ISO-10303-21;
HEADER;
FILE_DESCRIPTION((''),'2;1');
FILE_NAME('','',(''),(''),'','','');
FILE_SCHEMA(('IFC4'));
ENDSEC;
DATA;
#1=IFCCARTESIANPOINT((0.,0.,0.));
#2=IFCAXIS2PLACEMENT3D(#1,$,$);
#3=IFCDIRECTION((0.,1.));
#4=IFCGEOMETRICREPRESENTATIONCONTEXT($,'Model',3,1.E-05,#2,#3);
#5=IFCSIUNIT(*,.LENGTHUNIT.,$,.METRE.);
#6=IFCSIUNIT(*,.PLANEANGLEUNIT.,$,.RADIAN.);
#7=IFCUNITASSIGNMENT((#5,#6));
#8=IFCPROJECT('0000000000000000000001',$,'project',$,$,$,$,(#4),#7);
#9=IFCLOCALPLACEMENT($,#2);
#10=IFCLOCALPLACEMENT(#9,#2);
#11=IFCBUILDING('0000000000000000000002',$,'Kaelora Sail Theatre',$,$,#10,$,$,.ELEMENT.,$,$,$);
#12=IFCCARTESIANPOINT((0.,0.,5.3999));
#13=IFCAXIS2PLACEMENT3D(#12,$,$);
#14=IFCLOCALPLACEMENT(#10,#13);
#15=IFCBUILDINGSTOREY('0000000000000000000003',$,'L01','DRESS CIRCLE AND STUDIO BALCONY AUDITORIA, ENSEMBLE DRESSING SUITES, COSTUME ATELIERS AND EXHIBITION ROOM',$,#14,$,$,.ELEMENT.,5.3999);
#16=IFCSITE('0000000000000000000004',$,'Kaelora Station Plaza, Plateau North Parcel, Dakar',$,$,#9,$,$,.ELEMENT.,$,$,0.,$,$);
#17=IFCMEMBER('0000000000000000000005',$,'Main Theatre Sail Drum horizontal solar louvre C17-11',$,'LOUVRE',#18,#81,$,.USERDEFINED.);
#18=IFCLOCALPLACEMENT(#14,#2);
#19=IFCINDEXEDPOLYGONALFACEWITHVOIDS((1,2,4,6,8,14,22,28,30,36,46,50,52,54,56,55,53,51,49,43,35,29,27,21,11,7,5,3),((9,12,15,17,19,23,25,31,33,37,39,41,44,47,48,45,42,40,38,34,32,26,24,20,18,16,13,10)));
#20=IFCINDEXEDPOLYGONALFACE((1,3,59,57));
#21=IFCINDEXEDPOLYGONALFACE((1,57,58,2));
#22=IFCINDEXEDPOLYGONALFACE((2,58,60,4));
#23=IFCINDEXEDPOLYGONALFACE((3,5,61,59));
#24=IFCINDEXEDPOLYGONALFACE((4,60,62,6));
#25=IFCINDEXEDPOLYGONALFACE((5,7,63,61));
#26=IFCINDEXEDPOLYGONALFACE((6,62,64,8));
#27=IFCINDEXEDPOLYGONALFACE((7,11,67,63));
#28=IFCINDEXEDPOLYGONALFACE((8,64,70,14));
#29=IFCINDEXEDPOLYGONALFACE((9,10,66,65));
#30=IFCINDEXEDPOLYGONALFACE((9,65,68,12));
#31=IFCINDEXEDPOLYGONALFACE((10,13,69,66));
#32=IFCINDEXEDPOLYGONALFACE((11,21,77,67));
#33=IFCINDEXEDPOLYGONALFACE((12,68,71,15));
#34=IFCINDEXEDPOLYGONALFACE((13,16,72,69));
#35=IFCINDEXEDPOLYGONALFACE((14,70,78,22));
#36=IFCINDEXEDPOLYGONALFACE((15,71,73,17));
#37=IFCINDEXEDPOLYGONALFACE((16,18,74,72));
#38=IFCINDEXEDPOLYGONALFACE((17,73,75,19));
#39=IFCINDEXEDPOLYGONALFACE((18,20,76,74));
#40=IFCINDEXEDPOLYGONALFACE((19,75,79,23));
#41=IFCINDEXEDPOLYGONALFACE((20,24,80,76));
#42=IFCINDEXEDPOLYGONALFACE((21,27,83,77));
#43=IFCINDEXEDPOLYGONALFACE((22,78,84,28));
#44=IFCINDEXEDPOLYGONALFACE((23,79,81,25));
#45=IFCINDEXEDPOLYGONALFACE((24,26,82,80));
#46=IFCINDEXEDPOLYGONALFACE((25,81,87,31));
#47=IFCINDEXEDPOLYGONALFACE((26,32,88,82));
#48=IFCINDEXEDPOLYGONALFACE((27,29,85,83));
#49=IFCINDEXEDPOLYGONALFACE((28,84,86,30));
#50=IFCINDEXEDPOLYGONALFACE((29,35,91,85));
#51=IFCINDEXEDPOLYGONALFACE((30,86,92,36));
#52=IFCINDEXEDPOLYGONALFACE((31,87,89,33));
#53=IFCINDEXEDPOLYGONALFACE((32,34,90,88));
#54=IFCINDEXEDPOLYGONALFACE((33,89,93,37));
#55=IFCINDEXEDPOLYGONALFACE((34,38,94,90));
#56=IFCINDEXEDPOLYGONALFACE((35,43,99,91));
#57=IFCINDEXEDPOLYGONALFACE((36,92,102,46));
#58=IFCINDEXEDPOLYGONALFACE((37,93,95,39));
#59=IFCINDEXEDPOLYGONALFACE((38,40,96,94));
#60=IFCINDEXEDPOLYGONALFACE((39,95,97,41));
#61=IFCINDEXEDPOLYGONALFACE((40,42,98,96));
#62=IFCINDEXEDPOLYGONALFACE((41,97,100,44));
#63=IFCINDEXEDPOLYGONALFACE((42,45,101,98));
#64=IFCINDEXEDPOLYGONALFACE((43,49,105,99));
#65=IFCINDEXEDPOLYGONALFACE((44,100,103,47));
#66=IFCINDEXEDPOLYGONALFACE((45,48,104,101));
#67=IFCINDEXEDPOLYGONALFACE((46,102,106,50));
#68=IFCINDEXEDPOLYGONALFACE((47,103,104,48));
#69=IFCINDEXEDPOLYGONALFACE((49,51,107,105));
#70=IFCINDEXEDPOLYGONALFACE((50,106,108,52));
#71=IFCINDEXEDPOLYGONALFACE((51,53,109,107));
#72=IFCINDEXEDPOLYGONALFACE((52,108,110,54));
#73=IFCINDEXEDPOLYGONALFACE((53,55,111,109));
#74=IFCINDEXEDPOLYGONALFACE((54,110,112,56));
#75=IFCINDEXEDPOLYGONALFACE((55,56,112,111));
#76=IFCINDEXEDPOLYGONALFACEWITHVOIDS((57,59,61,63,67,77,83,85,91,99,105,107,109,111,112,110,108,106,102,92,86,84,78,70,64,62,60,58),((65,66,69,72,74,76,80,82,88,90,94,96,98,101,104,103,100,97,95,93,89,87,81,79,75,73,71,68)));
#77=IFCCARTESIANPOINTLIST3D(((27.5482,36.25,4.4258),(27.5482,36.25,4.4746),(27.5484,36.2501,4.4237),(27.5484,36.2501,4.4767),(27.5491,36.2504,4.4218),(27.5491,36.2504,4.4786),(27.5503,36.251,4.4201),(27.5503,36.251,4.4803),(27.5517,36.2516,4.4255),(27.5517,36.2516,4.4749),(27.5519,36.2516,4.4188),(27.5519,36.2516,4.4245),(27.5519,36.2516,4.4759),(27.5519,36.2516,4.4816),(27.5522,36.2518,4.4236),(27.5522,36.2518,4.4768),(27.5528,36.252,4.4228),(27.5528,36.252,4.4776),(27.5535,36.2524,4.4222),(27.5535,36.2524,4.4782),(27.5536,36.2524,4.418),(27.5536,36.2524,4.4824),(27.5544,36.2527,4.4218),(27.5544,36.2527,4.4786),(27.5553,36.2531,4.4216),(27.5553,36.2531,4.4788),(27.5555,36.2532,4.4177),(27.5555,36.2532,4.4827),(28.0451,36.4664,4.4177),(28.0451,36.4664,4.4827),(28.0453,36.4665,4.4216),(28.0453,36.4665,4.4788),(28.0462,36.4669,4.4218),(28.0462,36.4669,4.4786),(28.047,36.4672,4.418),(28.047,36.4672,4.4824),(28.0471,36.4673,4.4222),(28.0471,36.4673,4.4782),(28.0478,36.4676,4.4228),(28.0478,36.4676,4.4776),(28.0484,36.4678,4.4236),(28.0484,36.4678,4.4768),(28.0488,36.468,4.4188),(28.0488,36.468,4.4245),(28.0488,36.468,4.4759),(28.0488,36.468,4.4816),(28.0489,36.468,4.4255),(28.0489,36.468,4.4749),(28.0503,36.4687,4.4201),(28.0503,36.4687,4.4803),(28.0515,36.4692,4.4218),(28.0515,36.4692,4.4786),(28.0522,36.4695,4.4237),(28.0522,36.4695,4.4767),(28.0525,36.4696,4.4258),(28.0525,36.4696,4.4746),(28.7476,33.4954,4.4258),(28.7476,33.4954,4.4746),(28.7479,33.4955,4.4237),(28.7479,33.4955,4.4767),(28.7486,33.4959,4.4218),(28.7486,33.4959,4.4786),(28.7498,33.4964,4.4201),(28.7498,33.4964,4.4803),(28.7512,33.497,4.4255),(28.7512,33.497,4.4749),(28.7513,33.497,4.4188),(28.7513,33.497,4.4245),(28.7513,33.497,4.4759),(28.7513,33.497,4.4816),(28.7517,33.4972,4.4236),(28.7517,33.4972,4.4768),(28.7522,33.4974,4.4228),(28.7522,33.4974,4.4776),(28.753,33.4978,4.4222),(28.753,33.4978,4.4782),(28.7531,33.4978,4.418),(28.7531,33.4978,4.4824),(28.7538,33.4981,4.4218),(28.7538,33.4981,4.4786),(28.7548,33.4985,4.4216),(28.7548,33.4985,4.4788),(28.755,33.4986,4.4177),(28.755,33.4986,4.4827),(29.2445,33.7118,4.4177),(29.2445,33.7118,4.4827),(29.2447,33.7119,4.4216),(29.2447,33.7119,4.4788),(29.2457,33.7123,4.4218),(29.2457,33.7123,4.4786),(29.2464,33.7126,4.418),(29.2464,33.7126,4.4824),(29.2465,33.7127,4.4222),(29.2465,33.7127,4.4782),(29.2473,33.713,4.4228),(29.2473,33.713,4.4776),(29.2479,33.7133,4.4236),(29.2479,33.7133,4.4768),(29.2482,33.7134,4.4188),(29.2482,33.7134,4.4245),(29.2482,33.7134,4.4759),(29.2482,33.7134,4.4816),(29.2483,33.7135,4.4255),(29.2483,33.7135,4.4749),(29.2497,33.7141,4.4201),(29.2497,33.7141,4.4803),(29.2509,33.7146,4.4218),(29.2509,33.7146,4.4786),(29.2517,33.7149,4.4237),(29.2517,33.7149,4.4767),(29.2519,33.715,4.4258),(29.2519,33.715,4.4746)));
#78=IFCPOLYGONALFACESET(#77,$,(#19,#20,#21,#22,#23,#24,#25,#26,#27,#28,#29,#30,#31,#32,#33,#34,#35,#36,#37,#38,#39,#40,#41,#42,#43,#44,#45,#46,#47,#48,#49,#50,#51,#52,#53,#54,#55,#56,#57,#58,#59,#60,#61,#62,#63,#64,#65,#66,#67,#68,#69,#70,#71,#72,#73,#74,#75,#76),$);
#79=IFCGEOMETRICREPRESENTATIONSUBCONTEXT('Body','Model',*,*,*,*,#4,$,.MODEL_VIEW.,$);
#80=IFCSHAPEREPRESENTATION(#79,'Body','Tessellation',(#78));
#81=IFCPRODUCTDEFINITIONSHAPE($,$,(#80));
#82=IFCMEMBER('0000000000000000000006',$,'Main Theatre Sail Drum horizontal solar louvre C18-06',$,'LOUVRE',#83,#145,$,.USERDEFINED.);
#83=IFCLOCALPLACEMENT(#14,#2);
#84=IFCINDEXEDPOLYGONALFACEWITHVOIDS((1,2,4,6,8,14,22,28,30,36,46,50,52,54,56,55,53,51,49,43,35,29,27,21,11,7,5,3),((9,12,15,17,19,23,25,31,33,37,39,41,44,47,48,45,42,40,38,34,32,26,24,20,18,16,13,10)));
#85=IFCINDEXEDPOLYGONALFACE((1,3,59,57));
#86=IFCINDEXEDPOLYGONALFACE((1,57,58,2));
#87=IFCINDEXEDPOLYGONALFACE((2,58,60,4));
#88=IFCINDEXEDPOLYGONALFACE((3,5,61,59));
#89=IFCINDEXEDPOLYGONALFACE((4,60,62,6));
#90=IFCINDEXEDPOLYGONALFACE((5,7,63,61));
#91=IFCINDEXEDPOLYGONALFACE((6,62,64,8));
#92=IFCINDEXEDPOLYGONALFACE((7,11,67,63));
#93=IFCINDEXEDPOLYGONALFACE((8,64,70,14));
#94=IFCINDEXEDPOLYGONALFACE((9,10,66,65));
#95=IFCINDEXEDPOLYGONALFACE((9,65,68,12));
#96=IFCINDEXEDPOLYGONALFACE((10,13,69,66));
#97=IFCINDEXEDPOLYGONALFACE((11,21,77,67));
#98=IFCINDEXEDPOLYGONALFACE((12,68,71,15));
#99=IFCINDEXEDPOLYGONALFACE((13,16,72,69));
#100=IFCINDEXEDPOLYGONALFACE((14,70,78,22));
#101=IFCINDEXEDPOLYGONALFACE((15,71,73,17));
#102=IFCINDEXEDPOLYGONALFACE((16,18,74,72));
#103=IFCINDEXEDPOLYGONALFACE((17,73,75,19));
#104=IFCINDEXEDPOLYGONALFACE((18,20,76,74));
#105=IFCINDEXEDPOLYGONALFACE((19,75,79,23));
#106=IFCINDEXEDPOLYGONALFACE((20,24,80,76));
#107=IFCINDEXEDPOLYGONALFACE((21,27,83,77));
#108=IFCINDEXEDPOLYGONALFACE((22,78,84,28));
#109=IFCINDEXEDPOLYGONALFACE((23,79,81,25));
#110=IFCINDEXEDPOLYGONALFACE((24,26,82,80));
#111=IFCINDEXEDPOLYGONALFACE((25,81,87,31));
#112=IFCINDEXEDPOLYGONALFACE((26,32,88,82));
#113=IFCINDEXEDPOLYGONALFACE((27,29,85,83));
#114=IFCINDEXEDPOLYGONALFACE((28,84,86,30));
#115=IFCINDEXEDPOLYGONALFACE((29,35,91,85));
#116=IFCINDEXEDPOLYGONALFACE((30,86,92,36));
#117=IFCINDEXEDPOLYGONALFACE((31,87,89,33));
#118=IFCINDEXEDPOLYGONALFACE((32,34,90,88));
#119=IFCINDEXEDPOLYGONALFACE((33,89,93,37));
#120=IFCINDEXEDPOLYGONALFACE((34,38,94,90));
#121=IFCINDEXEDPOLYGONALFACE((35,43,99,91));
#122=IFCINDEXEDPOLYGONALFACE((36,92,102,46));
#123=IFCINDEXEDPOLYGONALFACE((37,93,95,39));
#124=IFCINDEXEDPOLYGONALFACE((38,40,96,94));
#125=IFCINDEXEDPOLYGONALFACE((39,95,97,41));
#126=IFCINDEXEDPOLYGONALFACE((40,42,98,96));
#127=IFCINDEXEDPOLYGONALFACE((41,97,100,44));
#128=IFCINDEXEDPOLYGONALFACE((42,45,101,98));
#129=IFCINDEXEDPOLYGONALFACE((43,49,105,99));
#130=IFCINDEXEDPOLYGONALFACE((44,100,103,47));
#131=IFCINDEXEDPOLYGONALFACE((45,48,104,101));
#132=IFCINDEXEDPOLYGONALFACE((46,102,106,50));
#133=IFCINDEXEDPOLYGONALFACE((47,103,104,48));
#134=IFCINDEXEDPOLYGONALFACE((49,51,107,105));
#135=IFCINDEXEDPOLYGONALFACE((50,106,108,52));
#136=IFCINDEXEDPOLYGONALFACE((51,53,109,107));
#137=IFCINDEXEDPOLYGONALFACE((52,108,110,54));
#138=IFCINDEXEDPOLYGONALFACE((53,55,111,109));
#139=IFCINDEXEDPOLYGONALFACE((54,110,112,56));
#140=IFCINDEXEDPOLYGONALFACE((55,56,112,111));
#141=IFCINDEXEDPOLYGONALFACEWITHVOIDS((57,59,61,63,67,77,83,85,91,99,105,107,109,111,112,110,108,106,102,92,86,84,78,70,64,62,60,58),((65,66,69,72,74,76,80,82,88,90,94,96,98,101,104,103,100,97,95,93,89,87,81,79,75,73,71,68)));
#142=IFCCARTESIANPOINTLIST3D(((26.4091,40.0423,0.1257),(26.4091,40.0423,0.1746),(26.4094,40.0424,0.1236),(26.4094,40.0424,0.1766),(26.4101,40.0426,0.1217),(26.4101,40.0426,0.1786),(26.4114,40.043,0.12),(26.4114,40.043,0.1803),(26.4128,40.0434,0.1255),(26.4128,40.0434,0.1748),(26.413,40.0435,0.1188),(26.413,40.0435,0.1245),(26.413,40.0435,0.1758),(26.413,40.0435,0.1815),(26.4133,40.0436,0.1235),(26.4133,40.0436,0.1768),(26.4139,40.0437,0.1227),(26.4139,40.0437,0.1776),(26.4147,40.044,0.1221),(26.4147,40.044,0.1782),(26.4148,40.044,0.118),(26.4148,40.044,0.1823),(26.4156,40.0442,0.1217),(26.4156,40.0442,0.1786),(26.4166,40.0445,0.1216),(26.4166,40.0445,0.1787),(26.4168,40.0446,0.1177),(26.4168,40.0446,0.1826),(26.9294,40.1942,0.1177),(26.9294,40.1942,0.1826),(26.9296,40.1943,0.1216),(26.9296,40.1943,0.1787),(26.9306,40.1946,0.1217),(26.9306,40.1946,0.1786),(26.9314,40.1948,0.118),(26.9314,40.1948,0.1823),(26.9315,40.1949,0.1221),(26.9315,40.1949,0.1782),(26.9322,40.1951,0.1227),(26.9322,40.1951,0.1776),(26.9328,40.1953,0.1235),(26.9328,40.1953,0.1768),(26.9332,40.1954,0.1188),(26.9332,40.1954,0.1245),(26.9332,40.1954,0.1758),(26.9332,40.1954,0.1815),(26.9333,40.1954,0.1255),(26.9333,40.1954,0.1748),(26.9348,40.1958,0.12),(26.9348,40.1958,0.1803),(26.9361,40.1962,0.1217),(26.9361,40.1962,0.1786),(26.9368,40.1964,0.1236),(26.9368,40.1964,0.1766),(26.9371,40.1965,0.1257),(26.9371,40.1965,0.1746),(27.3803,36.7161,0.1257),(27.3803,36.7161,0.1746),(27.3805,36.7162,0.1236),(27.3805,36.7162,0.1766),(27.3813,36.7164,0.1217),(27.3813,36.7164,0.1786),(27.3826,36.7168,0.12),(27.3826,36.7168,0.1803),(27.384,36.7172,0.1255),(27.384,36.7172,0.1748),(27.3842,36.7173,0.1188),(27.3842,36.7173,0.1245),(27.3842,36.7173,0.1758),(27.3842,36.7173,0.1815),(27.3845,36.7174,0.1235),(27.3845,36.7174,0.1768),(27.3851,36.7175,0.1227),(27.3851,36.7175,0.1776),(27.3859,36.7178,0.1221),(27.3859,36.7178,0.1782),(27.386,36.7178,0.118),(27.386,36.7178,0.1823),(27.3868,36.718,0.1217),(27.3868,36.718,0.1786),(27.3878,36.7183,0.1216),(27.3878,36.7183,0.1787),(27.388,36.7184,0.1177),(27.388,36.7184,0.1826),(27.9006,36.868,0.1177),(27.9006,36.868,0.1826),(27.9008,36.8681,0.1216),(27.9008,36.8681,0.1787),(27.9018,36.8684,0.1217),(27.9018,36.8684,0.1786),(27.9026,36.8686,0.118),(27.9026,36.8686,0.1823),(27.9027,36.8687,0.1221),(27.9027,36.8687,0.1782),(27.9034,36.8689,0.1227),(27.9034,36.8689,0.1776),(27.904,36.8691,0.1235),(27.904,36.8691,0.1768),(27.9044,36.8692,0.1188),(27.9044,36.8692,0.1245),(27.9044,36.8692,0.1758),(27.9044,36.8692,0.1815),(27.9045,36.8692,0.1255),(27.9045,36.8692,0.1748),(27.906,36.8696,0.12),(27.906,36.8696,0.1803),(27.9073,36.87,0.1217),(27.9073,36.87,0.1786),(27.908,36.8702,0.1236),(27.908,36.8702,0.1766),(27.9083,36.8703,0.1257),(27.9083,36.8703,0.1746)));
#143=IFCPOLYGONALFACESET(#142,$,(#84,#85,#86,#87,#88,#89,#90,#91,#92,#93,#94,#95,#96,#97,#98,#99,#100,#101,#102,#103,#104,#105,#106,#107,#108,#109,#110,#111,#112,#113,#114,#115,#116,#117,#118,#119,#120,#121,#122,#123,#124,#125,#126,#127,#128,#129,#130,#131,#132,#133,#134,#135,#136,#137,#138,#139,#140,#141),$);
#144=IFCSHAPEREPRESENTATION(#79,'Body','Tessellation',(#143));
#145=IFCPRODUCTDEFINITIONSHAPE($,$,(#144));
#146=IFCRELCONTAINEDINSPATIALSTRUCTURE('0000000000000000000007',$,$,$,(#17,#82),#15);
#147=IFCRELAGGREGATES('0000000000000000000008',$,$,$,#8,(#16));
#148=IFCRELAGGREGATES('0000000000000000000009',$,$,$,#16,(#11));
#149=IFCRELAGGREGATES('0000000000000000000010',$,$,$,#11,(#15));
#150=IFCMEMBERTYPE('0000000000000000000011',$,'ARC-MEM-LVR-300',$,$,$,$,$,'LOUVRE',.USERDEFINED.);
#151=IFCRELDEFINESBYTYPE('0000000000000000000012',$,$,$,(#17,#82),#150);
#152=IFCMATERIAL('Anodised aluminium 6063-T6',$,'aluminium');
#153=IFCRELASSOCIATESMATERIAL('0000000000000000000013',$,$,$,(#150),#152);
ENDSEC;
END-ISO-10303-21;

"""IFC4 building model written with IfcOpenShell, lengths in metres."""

from ifc_helpers import new_model, si_unit, direction, frame, origin, origin_2d, place, context, subcontext, project, spatial, hollow_rectangle, extrude, material, material_profile, profile_set, type_object, element, save


model = new_model("IFC4")

# Units and contexts
model_context = context("Model", 3, precision=1e-05, world=origin(), true_north=direction((0.0, 1.0)))
body_context = subcontext(model_context, "Body", "Model", "MODEL_VIEW")
ifc_project = project(units=[si_unit("LENGTHUNIT", "METRE"), si_unit("PLANEANGLEUNIT", "RADIAN")], contexts=[model_context])

# Site, building, storey
site_placement = place(None, origin())
site = spatial("IfcSite", under=ifc_project, at=site_placement, Name="Kaelora Station Plaza, Plateau North Parcel, Dakar", CompositionType="ELEMENT", RefElevation=0.0)
building_placement = place(site_placement, origin())
building = spatial("IfcBuilding", under=site, at=building_placement, Name="Kaelora Sail Theatre", CompositionType="ELEMENT")
storey_placement = place(building_placement, frame((0.0, 0.0, 5.3999)))
storey = spatial("IfcBuildingStorey", under=building, at=storey_placement, Name="L01", Description="DRESS CIRCLE AND STUDIO BALCONY AUDITORIA, ENSEMBLE DRESSING SUITES, COSTUME ATELIERS AND EXHIBITION ROOM", CompositionType="ELEMENT", Elevation=5.3999)

# Members
ifc_material_1 = material(Name="Anodised aluminium 6063-T6", Category="aluminium")
ifc_material_profile_1 = material_profile(ifc_material_1, hollow_rectangle(XDim=0.55, YDim=0.0649, WallThickness=0.0039, InnerFilletRadius=0.0039, OuterFilletRadius=0.0081, at=origin_2d()), Name="LOUVRE 550x65x4")
ifc_profile_set_1 = profile_set([ifc_material_profile_1], Name="Anodised aluminium 6063-T6")
member_type = type_object("IfcMemberType", Name="ARC-MEM-LVR-300", ElementType="LOUVRE", PredefinedType="USERDEFINED", material=ifc_profile_set_1)
for number, where, z_axis, x_axis, name in (
    (1, (28.9998, 33.6052, 4.4502), (-0.399228, 0.916852, 0.0), (-0.916852, -0.399228, 0.0), "Main Theatre Sail Drum horizontal solar louvre C17-11"),
):
    element("IfcMember", number, at=place(storey_placement, frame(where, z_axis=z_axis, x_axis=x_axis)), inside=storey, type_object=member_type, Name=name, ObjectType="LOUVRE", PredefinedType="USERDEFINED", context=body_context, shape_type="SweptSolid", body=[
        extrude(hollow_rectangle(XDim=0.55, YDim=0.0649, WallThickness=0.0039, InnerFilletRadius=0.0039, OuterFilletRadius=0.0081, at=origin_2d()), origin(), (0.0, 0.0, 1.0), 3.0044),
    ])
for number, where, z_axis, x_axis, name in (
    (2, (27.6443, 36.7932, 0.1501), (-0.280281, 0.959918, 0.0), (-0.959918, -0.280281, 0.0), "Main Theatre Sail Drum horizontal solar louvre C18-06"),
):
    element("IfcMember", number, at=place(storey_placement, frame(where, z_axis=z_axis, x_axis=x_axis)), inside=storey, type_object=member_type, Name=name, ObjectType="LOUVRE", PredefinedType="USERDEFINED", context=body_context, shape_type="SweptSolid", body=[
        extrude(hollow_rectangle(XDim=0.55, YDim=0.0649, WallThickness=0.0039, InnerFilletRadius=0.0039, OuterFilletRadius=0.0081, at=origin_2d()), origin(), (0.0, 0.0, 1.0), 3.4651),
    ])

save(model, "model.ifc")
